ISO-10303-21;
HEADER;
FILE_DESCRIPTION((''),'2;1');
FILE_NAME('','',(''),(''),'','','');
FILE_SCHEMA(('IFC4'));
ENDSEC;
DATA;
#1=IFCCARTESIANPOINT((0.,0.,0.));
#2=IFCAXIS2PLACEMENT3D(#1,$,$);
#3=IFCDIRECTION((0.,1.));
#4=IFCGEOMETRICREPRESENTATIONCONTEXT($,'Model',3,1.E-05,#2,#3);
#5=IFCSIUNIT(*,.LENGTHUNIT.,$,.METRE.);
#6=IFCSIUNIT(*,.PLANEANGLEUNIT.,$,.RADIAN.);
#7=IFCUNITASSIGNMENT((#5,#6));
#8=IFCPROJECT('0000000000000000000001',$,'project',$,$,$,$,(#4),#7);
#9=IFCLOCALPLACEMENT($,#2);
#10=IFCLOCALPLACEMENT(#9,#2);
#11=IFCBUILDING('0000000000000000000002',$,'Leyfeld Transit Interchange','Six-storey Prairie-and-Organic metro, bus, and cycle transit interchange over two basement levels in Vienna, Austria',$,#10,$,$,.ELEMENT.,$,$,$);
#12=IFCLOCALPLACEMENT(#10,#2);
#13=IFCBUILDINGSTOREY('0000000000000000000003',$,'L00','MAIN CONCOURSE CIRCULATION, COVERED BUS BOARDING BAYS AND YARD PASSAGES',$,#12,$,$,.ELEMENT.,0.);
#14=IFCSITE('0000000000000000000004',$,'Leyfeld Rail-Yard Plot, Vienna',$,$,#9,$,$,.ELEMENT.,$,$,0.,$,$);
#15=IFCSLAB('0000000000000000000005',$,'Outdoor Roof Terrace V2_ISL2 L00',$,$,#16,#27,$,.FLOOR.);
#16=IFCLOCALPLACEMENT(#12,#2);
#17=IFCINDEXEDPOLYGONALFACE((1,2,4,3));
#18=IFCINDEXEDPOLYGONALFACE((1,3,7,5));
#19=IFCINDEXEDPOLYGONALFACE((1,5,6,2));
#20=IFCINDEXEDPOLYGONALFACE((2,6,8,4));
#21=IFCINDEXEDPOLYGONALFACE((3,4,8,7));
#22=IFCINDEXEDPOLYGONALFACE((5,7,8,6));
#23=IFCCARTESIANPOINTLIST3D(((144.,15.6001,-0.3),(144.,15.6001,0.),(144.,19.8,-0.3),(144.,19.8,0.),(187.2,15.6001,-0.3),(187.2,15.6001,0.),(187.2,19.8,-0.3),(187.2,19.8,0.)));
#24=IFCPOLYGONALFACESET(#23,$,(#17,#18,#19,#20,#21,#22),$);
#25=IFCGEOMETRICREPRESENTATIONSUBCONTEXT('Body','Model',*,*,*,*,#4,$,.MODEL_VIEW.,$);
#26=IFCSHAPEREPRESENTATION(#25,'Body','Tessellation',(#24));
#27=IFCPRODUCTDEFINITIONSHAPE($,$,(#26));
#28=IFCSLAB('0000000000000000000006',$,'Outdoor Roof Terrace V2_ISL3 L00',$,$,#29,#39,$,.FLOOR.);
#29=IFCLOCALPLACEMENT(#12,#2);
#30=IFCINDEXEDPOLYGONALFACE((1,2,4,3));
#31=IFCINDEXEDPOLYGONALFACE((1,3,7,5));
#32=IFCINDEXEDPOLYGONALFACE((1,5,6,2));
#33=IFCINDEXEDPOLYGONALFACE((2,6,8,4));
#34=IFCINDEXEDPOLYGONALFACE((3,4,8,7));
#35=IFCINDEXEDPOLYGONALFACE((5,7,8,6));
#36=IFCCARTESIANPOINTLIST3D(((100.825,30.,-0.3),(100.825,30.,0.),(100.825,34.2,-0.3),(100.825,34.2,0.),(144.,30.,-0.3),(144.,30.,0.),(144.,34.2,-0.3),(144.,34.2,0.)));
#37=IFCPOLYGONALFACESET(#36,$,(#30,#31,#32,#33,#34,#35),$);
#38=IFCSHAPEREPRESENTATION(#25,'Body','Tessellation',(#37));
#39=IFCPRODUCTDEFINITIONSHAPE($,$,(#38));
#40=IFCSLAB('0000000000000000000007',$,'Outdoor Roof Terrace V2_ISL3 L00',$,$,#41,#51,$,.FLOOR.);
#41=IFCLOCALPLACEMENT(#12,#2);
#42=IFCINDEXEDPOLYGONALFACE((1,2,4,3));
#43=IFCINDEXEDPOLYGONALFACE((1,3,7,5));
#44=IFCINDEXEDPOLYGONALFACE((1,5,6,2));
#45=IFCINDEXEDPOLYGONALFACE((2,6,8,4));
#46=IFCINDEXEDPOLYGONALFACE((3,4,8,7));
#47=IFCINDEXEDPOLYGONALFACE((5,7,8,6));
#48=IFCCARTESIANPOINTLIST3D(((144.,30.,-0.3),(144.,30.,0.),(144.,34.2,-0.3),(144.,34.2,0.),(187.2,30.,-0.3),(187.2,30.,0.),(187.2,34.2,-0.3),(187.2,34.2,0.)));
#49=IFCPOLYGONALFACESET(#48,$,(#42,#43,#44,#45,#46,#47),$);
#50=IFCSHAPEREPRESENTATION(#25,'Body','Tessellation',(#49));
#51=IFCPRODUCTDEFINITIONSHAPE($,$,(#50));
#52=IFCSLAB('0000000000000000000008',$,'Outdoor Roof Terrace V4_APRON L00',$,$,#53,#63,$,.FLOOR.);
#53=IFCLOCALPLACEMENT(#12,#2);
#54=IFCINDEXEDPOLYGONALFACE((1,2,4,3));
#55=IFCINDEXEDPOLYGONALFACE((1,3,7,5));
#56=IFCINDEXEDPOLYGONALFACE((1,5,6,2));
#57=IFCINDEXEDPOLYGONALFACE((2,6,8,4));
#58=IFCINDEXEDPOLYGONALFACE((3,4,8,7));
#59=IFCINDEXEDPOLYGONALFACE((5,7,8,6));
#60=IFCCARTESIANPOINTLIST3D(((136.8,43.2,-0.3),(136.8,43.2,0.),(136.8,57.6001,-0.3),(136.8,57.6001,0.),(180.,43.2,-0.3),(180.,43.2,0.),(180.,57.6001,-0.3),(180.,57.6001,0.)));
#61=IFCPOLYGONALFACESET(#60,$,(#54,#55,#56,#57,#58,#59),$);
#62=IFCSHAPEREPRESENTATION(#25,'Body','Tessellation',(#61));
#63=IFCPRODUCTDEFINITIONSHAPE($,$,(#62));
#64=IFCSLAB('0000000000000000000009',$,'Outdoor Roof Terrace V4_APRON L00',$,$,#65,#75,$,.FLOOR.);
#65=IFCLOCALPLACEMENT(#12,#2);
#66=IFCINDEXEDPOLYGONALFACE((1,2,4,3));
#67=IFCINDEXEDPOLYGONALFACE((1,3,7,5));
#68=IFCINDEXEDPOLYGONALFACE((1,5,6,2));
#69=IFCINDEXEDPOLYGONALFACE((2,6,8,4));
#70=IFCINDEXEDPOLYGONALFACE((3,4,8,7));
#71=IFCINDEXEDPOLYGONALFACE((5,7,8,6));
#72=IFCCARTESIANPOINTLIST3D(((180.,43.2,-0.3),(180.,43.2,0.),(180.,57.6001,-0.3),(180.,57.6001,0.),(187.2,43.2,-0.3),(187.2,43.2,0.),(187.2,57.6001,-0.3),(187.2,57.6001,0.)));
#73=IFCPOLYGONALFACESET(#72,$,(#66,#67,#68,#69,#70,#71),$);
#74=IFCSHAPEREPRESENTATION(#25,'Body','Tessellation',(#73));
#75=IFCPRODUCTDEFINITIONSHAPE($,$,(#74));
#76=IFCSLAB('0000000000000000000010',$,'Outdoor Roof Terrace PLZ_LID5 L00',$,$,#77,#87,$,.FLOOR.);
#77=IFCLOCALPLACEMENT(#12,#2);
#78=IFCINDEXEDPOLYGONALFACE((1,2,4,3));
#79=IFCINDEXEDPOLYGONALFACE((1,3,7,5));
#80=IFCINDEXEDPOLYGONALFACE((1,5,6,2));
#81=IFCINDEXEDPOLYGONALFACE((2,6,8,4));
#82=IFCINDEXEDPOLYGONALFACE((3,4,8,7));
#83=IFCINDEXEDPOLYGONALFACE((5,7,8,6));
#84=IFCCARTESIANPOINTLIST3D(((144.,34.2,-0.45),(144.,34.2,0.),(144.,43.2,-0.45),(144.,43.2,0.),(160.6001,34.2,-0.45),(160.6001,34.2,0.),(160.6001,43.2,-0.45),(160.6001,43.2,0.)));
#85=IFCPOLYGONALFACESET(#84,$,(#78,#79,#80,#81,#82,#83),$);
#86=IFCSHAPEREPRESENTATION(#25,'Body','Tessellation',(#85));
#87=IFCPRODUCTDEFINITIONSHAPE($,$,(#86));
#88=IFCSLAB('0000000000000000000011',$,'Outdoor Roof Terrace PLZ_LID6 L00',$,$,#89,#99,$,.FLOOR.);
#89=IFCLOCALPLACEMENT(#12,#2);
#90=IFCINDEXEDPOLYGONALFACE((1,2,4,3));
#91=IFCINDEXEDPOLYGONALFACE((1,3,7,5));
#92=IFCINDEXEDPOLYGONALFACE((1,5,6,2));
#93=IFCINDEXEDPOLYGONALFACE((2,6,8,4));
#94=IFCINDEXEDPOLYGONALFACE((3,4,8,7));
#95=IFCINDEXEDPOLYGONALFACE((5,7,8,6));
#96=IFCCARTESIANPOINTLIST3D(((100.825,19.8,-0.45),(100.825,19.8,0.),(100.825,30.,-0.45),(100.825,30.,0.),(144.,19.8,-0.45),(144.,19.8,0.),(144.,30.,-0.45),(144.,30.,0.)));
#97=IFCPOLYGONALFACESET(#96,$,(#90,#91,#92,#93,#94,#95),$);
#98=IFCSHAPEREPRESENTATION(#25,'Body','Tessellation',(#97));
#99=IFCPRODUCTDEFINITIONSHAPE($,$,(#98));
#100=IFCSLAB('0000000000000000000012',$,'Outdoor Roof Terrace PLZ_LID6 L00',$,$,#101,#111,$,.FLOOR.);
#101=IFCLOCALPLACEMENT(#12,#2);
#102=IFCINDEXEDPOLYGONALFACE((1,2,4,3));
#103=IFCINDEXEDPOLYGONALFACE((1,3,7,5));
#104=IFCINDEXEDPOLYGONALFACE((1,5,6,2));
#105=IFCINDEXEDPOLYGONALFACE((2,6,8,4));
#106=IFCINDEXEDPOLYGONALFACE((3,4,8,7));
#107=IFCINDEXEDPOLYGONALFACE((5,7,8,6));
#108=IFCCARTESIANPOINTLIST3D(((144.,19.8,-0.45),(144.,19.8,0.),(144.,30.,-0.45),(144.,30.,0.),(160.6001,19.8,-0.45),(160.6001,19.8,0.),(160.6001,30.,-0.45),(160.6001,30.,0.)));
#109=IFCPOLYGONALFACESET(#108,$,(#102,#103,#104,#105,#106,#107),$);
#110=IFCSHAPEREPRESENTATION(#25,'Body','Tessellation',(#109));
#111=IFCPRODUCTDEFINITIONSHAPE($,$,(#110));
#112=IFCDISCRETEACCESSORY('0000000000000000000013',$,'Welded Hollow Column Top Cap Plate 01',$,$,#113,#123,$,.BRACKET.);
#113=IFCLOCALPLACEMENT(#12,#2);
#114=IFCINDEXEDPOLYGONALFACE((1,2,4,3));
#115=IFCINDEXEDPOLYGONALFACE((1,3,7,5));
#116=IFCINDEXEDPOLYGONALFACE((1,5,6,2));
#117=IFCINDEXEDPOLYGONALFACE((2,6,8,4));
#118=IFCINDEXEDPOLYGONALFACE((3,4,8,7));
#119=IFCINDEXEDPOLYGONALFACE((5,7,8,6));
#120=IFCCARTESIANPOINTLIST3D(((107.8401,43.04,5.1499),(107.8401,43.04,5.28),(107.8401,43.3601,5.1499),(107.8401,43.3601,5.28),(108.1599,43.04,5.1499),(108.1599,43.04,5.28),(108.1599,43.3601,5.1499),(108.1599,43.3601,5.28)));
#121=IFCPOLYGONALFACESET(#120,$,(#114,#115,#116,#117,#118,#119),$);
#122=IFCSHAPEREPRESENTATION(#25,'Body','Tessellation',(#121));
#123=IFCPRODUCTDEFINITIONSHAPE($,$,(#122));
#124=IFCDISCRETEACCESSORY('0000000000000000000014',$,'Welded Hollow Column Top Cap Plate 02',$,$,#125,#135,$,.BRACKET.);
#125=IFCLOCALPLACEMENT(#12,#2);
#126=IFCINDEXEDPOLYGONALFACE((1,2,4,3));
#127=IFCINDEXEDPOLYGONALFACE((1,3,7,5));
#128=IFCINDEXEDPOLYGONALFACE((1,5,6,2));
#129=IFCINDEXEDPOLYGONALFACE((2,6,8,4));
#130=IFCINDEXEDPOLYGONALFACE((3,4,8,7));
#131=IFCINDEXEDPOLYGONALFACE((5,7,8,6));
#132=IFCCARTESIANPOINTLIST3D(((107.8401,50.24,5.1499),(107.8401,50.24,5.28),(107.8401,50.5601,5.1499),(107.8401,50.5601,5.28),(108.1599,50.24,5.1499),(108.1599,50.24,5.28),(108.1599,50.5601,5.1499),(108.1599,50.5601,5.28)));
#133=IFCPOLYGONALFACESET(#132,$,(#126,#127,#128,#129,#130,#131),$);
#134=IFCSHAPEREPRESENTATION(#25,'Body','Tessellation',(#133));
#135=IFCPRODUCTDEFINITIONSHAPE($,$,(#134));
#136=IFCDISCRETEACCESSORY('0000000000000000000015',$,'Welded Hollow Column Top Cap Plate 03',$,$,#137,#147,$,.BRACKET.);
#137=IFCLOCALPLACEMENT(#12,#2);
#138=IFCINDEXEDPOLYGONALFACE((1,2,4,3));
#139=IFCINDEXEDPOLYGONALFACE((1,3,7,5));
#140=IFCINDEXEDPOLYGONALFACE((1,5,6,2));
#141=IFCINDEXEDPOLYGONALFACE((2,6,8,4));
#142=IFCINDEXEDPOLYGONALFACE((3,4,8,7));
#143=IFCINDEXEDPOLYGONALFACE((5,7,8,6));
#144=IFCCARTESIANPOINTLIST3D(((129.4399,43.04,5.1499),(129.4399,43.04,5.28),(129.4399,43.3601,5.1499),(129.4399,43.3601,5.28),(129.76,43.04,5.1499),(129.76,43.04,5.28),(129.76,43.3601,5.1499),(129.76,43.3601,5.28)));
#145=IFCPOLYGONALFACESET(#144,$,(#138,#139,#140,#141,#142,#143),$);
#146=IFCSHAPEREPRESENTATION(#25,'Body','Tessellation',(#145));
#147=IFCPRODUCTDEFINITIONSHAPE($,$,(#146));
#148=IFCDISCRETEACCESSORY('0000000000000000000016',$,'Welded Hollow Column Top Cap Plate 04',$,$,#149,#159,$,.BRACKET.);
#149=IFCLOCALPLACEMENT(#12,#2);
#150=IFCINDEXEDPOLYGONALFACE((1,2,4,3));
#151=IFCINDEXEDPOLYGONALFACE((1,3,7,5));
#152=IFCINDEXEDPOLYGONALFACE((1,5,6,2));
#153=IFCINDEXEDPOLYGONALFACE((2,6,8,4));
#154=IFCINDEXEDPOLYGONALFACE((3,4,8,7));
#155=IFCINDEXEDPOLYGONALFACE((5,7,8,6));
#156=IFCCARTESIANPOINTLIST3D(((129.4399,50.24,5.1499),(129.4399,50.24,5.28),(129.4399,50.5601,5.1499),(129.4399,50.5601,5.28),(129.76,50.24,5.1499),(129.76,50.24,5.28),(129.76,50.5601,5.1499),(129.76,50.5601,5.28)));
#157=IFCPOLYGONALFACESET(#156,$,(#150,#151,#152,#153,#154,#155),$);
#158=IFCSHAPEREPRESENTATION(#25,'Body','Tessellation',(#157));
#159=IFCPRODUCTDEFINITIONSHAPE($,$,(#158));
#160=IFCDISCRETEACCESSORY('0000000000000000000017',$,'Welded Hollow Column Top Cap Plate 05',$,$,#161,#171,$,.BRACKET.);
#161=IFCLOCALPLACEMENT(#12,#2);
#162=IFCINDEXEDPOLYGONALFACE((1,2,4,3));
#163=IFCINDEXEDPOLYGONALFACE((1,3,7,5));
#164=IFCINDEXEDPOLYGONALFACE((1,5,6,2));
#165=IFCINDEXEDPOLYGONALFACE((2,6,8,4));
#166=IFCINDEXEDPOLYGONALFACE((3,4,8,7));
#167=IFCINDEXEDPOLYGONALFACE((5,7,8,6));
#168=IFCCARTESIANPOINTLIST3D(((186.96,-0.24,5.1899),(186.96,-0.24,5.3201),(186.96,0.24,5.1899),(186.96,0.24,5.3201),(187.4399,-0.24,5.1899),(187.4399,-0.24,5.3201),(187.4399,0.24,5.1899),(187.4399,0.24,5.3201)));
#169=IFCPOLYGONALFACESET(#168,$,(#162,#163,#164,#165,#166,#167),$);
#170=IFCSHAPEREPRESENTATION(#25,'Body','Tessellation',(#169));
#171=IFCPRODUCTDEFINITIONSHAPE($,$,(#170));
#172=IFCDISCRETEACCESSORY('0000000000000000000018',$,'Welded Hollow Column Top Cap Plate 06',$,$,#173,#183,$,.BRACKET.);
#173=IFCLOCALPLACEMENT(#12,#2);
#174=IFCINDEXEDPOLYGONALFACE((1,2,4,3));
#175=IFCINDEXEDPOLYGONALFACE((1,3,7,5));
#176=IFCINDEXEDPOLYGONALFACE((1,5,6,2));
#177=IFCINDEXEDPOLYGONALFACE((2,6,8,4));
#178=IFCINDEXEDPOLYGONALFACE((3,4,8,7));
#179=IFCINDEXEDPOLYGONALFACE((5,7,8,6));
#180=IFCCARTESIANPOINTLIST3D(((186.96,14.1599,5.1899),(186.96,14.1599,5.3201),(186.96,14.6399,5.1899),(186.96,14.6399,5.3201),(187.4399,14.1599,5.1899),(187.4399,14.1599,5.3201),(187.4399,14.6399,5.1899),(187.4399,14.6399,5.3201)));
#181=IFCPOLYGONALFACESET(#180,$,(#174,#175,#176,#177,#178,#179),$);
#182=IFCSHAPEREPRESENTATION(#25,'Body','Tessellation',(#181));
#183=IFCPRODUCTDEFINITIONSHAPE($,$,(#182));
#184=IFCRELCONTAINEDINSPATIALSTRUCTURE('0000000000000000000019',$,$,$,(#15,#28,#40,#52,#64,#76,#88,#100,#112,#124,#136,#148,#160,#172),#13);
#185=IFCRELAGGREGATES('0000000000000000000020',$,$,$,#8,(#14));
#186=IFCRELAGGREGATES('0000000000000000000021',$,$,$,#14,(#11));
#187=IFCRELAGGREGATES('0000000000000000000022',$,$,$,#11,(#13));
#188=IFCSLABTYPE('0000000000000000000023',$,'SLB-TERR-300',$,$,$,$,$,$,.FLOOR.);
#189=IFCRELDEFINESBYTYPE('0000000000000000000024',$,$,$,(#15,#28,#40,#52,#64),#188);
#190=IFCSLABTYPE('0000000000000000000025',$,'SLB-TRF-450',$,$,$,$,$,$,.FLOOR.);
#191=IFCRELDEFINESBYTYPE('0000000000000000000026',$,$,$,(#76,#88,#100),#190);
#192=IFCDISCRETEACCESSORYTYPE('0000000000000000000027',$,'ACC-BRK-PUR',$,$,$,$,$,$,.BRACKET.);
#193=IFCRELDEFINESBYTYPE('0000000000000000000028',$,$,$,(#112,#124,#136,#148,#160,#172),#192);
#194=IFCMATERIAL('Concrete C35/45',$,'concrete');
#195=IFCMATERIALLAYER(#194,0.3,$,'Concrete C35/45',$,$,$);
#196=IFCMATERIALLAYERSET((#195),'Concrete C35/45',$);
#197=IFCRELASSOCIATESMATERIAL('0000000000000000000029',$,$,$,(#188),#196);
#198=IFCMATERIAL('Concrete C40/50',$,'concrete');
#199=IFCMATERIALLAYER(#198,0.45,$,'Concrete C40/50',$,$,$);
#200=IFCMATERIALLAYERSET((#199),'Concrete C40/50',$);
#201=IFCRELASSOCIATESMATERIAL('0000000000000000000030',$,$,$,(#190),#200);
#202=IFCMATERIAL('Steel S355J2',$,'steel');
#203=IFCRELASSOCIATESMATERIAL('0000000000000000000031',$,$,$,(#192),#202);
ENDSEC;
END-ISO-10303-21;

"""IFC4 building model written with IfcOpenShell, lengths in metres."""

from ifc_helpers import new_model, si_unit, direction, frame, origin, place, context, subcontext, project, spatial, polyline, outline, extrude, material, layer, layer_set, type_object, element, save


model = new_model("IFC4")

# Units and contexts
model_context = context("Model", 3, precision=1e-05, world=origin(), true_north=direction((0.0, 1.0)))
body_context = subcontext(model_context, "Body", "Model", "MODEL_VIEW")
ifc_project = project(units=[si_unit("LENGTHUNIT", "METRE"), si_unit("PLANEANGLEUNIT", "RADIAN")], contexts=[model_context])

# Site, building, storey
site_placement = place(None, origin())
site = spatial("IfcSite", under=ifc_project, at=site_placement, Name="Leyfeld Rail-Yard Plot, Vienna", CompositionType="ELEMENT", RefElevation=0.0)
building_placement = place(site_placement, origin())
building = spatial("IfcBuilding", under=site, at=building_placement, Name="Leyfeld Transit Interchange", Description="Six-storey Prairie-and-Organic metro, bus, and cycle transit interchange over two basement levels in Vienna, Austria", CompositionType="ELEMENT")
storey_placement = place(building_placement, origin())
storey = spatial("IfcBuildingStorey", under=building, at=storey_placement, Name="L00", Description="MAIN CONCOURSE CIRCULATION, COVERED BUS BOARDING BAYS AND YARD PASSAGES", CompositionType="ELEMENT", Elevation=0.0)

# Slabs
ifc_material_1 = material(Name="Concrete C35/45", Category="concrete")
ifc_layer_1 = layer(ifc_material_1, 0.3, Name="Concrete C35/45")
ifc_layer_set_1 = layer_set([ifc_layer_1], Name="Concrete C35/45")
slab_type_1 = type_object("IfcSlabType", Name="SLB-TERR-300", PredefinedType="FLOOR", material=ifc_layer_set_1)
slab_1_placement = place(storey_placement, frame((0.0, 0.0, -0.3)))
element("IfcSlab", 1, at=slab_1_placement, inside=storey, type_object=slab_type_1, Name="Outdoor Roof Terrace V2_ISL2 L00", PredefinedType="FLOOR", context=body_context, shape_type="SweptSolid", body=[
    extrude(outline(polyline([(187.2, 19.8), (144.0, 19.8), (144.0, 15.6001), (187.2, 15.6001), (187.2, 19.8)])), origin(), (0.0, 0.0, 1.0), 0.3),
])
slab_2_placement = place(storey_placement, frame((0.0, 0.0, -0.3)))
element("IfcSlab", 2, at=slab_2_placement, inside=storey, type_object=slab_type_1, Name="Outdoor Roof Terrace V2_ISL3 L00", PredefinedType="FLOOR", context=body_context, shape_type="SweptSolid", body=[
    extrude(outline(polyline([(144.0, 34.2), (100.825, 34.2), (100.825, 30.0), (144.0, 30.0), (144.0, 34.2)])), origin(), (0.0, 0.0, 1.0), 0.3),
])
slab_3_placement = place(storey_placement, frame((0.0, 0.0, -0.3)))
element("IfcSlab", 3, at=slab_3_placement, inside=storey, type_object=slab_type_1, Name="Outdoor Roof Terrace V2_ISL3 L00", PredefinedType="FLOOR", context=body_context, shape_type="SweptSolid", body=[
    extrude(outline(polyline([(187.2, 34.2), (144.0, 34.2), (144.0, 30.0), (187.2, 30.0), (187.2, 34.2)])), origin(), (0.0, 0.0, 1.0), 0.3),
])
slab_4_placement = place(storey_placement, frame((0.0, 0.0, -0.3)))
element("IfcSlab", 4, at=slab_4_placement, inside=storey, type_object=slab_type_1, Name="Outdoor Roof Terrace V4_APRON L00", PredefinedType="FLOOR", context=body_context, shape_type="SweptSolid", body=[
    extrude(outline(polyline([(136.8, 57.6001), (136.8, 43.2), (180.0, 43.2), (180.0, 57.6001), (136.8, 57.6001)])), origin(), (0.0, 0.0, 1.0), 0.3),
])
slab_5_placement = place(storey_placement, frame((0.0, 0.0, -0.3)))
element("IfcSlab", 5, at=slab_5_placement, inside=storey, type_object=slab_type_1, Name="Outdoor Roof Terrace V4_APRON L00", PredefinedType="FLOOR", context=body_context, shape_type="SweptSolid", body=[
    extrude(outline(polyline([(187.2, 57.6001), (180.0, 57.6001), (180.0, 43.2), (187.2, 43.2), (187.2, 57.6001)])), origin(), (0.0, 0.0, 1.0), 0.3),
])
ifc_material_2 = material(Name="Concrete C40/50", Category="concrete")
ifc_layer_2 = layer(ifc_material_2, 0.45, Name="Concrete C40/50")
ifc_layer_set_2 = layer_set([ifc_layer_2], Name="Concrete C40/50")
slab_type_2 = type_object("IfcSlabType", Name="SLB-TRF-450", PredefinedType="FLOOR", material=ifc_layer_set_2)
slab_6_placement = place(storey_placement, frame((0.0, 0.0, -0.45)))
element("IfcSlab", 6, at=slab_6_placement, inside=storey, type_object=slab_type_2, Name="Outdoor Roof Terrace PLZ_LID5 L00", PredefinedType="FLOOR", context=body_context, shape_type="SweptSolid", body=[
    extrude(outline(polyline([(160.6001, 34.2), (160.6001, 43.2), (144.0, 43.2), (144.0, 34.2), (160.6001, 34.2)])), origin(), (0.0, 0.0, 1.0), 0.45),
])
slab_7_placement = place(storey_placement, frame((0.0, 0.0, -0.45)))
element("IfcSlab", 7, at=slab_7_placement, inside=storey, type_object=slab_type_2, Name="Outdoor Roof Terrace PLZ_LID6 L00", PredefinedType="FLOOR", context=body_context, shape_type="SweptSolid", body=[
    extrude(outline(polyline([(100.825, 30.0), (100.825, 19.8), (144.0, 19.8), (144.0, 30.0), (100.825, 30.0)])), origin(), (0.0, 0.0, 1.0), 0.45),
])
slab_8_placement = place(storey_placement, frame((0.0, 0.0, -0.45)))
element("IfcSlab", 8, at=slab_8_placement, inside=storey, type_object=slab_type_2, Name="Outdoor Roof Terrace PLZ_LID6 L00", PredefinedType="FLOOR", context=body_context, shape_type="SweptSolid", body=[
    extrude(outline(polyline([(160.6001, 19.8), (160.6001, 30.0), (144.0, 30.0), (144.0, 19.8), (160.6001, 19.8)])), origin(), (0.0, 0.0, 1.0), 0.45),
])

# Discrete accessories
ifc_material_3 = material(Name="Steel S355J2", Category="steel")
discrete_accessory_type = type_object("IfcDiscreteAccessoryType", Name="ACC-BRK-PUR", PredefinedType="BRACKET", material=ifc_material_3)
discrete_accessory_1_placement = place(storey_placement, frame((0.0, 0.0, 5.1499)))
element("IfcDiscreteAccessory", 9, at=discrete_accessory_1_placement, inside=storey, type_object=discrete_accessory_type, Name="Welded Hollow Column Top Cap Plate 01", PredefinedType="BRACKET", context=body_context, shape_type="SweptSolid", body=[
    extrude(outline(polyline([(107.8401, 43.04), (108.1599, 43.04), (108.1599, 43.3601), (107.8401, 43.3601), (107.8401, 43.04)])), origin(), (0.0, 0.0, 1.0), 0.1301),
])
discrete_accessory_2_placement = place(storey_placement, frame((0.0, 0.0, 5.1499)))
element("IfcDiscreteAccessory", 10, at=discrete_accessory_2_placement, inside=storey, type_object=discrete_accessory_type, Name="Welded Hollow Column Top Cap Plate 02", PredefinedType="BRACKET", context=body_context, shape_type="SweptSolid", body=[
    extrude(outline(polyline([(107.8401, 50.24), (108.1599, 50.24), (108.1599, 50.5601), (107.8401, 50.5601), (107.8401, 50.24)])), origin(), (0.0, 0.0, 1.0), 0.1301),
])
discrete_accessory_3_placement = place(storey_placement, frame((0.0, 0.0, 5.1499)))
element("IfcDiscreteAccessory", 11, at=discrete_accessory_3_placement, inside=storey, type_object=discrete_accessory_type, Name="Welded Hollow Column Top Cap Plate 03", PredefinedType="BRACKET", context=body_context, shape_type="SweptSolid", body=[
    extrude(outline(polyline([(129.4399, 43.04), (129.76, 43.04), (129.76, 43.3601), (129.4399, 43.3601), (129.4399, 43.04)])), origin(), (0.0, 0.0, 1.0), 0.1301),
])
discrete_accessory_4_placement = place(storey_placement, frame((0.0, 0.0, 5.1499)))
element("IfcDiscreteAccessory", 12, at=discrete_accessory_4_placement, inside=storey, type_object=discrete_accessory_type, Name="Welded Hollow Column Top Cap Plate 04", PredefinedType="BRACKET", context=body_context, shape_type="SweptSolid", body=[
    extrude(outline(polyline([(129.4399, 50.24), (129.76, 50.24), (129.76, 50.5601), (129.4399, 50.5601), (129.4399, 50.24)])), origin(), (0.0, 0.0, 1.0), 0.1301),
])
discrete_accessory_5_placement = place(storey_placement, frame((0.0, 0.0, 5.1899)))
element("IfcDiscreteAccessory", 13, at=discrete_accessory_5_placement, inside=storey, type_object=discrete_accessory_type, Name="Welded Hollow Column Top Cap Plate 05", PredefinedType="BRACKET", context=body_context, shape_type="SweptSolid", body=[
    extrude(outline(polyline([(186.96, -0.24), (187.4399, -0.24), (187.4399, 0.24), (186.96, 0.24), (186.96, -0.24)])), origin(), (0.0, 0.0, 1.0), 0.1301),
])
discrete_accessory_6_placement = place(storey_placement, frame((0.0, 0.0, 5.1899)))
element("IfcDiscreteAccessory", 14, at=discrete_accessory_6_placement, inside=storey, type_object=discrete_accessory_type, Name="Welded Hollow Column Top Cap Plate 06", PredefinedType="BRACKET", context=body_context, shape_type="SweptSolid", body=[
    extrude(outline(polyline([(186.96, 14.1599), (187.4399, 14.1599), (187.4399, 14.6399), (186.96, 14.6399), (186.96, 14.1599)])), origin(), (0.0, 0.0, 1.0), 0.1301),
])

save(model, "model.ifc")
